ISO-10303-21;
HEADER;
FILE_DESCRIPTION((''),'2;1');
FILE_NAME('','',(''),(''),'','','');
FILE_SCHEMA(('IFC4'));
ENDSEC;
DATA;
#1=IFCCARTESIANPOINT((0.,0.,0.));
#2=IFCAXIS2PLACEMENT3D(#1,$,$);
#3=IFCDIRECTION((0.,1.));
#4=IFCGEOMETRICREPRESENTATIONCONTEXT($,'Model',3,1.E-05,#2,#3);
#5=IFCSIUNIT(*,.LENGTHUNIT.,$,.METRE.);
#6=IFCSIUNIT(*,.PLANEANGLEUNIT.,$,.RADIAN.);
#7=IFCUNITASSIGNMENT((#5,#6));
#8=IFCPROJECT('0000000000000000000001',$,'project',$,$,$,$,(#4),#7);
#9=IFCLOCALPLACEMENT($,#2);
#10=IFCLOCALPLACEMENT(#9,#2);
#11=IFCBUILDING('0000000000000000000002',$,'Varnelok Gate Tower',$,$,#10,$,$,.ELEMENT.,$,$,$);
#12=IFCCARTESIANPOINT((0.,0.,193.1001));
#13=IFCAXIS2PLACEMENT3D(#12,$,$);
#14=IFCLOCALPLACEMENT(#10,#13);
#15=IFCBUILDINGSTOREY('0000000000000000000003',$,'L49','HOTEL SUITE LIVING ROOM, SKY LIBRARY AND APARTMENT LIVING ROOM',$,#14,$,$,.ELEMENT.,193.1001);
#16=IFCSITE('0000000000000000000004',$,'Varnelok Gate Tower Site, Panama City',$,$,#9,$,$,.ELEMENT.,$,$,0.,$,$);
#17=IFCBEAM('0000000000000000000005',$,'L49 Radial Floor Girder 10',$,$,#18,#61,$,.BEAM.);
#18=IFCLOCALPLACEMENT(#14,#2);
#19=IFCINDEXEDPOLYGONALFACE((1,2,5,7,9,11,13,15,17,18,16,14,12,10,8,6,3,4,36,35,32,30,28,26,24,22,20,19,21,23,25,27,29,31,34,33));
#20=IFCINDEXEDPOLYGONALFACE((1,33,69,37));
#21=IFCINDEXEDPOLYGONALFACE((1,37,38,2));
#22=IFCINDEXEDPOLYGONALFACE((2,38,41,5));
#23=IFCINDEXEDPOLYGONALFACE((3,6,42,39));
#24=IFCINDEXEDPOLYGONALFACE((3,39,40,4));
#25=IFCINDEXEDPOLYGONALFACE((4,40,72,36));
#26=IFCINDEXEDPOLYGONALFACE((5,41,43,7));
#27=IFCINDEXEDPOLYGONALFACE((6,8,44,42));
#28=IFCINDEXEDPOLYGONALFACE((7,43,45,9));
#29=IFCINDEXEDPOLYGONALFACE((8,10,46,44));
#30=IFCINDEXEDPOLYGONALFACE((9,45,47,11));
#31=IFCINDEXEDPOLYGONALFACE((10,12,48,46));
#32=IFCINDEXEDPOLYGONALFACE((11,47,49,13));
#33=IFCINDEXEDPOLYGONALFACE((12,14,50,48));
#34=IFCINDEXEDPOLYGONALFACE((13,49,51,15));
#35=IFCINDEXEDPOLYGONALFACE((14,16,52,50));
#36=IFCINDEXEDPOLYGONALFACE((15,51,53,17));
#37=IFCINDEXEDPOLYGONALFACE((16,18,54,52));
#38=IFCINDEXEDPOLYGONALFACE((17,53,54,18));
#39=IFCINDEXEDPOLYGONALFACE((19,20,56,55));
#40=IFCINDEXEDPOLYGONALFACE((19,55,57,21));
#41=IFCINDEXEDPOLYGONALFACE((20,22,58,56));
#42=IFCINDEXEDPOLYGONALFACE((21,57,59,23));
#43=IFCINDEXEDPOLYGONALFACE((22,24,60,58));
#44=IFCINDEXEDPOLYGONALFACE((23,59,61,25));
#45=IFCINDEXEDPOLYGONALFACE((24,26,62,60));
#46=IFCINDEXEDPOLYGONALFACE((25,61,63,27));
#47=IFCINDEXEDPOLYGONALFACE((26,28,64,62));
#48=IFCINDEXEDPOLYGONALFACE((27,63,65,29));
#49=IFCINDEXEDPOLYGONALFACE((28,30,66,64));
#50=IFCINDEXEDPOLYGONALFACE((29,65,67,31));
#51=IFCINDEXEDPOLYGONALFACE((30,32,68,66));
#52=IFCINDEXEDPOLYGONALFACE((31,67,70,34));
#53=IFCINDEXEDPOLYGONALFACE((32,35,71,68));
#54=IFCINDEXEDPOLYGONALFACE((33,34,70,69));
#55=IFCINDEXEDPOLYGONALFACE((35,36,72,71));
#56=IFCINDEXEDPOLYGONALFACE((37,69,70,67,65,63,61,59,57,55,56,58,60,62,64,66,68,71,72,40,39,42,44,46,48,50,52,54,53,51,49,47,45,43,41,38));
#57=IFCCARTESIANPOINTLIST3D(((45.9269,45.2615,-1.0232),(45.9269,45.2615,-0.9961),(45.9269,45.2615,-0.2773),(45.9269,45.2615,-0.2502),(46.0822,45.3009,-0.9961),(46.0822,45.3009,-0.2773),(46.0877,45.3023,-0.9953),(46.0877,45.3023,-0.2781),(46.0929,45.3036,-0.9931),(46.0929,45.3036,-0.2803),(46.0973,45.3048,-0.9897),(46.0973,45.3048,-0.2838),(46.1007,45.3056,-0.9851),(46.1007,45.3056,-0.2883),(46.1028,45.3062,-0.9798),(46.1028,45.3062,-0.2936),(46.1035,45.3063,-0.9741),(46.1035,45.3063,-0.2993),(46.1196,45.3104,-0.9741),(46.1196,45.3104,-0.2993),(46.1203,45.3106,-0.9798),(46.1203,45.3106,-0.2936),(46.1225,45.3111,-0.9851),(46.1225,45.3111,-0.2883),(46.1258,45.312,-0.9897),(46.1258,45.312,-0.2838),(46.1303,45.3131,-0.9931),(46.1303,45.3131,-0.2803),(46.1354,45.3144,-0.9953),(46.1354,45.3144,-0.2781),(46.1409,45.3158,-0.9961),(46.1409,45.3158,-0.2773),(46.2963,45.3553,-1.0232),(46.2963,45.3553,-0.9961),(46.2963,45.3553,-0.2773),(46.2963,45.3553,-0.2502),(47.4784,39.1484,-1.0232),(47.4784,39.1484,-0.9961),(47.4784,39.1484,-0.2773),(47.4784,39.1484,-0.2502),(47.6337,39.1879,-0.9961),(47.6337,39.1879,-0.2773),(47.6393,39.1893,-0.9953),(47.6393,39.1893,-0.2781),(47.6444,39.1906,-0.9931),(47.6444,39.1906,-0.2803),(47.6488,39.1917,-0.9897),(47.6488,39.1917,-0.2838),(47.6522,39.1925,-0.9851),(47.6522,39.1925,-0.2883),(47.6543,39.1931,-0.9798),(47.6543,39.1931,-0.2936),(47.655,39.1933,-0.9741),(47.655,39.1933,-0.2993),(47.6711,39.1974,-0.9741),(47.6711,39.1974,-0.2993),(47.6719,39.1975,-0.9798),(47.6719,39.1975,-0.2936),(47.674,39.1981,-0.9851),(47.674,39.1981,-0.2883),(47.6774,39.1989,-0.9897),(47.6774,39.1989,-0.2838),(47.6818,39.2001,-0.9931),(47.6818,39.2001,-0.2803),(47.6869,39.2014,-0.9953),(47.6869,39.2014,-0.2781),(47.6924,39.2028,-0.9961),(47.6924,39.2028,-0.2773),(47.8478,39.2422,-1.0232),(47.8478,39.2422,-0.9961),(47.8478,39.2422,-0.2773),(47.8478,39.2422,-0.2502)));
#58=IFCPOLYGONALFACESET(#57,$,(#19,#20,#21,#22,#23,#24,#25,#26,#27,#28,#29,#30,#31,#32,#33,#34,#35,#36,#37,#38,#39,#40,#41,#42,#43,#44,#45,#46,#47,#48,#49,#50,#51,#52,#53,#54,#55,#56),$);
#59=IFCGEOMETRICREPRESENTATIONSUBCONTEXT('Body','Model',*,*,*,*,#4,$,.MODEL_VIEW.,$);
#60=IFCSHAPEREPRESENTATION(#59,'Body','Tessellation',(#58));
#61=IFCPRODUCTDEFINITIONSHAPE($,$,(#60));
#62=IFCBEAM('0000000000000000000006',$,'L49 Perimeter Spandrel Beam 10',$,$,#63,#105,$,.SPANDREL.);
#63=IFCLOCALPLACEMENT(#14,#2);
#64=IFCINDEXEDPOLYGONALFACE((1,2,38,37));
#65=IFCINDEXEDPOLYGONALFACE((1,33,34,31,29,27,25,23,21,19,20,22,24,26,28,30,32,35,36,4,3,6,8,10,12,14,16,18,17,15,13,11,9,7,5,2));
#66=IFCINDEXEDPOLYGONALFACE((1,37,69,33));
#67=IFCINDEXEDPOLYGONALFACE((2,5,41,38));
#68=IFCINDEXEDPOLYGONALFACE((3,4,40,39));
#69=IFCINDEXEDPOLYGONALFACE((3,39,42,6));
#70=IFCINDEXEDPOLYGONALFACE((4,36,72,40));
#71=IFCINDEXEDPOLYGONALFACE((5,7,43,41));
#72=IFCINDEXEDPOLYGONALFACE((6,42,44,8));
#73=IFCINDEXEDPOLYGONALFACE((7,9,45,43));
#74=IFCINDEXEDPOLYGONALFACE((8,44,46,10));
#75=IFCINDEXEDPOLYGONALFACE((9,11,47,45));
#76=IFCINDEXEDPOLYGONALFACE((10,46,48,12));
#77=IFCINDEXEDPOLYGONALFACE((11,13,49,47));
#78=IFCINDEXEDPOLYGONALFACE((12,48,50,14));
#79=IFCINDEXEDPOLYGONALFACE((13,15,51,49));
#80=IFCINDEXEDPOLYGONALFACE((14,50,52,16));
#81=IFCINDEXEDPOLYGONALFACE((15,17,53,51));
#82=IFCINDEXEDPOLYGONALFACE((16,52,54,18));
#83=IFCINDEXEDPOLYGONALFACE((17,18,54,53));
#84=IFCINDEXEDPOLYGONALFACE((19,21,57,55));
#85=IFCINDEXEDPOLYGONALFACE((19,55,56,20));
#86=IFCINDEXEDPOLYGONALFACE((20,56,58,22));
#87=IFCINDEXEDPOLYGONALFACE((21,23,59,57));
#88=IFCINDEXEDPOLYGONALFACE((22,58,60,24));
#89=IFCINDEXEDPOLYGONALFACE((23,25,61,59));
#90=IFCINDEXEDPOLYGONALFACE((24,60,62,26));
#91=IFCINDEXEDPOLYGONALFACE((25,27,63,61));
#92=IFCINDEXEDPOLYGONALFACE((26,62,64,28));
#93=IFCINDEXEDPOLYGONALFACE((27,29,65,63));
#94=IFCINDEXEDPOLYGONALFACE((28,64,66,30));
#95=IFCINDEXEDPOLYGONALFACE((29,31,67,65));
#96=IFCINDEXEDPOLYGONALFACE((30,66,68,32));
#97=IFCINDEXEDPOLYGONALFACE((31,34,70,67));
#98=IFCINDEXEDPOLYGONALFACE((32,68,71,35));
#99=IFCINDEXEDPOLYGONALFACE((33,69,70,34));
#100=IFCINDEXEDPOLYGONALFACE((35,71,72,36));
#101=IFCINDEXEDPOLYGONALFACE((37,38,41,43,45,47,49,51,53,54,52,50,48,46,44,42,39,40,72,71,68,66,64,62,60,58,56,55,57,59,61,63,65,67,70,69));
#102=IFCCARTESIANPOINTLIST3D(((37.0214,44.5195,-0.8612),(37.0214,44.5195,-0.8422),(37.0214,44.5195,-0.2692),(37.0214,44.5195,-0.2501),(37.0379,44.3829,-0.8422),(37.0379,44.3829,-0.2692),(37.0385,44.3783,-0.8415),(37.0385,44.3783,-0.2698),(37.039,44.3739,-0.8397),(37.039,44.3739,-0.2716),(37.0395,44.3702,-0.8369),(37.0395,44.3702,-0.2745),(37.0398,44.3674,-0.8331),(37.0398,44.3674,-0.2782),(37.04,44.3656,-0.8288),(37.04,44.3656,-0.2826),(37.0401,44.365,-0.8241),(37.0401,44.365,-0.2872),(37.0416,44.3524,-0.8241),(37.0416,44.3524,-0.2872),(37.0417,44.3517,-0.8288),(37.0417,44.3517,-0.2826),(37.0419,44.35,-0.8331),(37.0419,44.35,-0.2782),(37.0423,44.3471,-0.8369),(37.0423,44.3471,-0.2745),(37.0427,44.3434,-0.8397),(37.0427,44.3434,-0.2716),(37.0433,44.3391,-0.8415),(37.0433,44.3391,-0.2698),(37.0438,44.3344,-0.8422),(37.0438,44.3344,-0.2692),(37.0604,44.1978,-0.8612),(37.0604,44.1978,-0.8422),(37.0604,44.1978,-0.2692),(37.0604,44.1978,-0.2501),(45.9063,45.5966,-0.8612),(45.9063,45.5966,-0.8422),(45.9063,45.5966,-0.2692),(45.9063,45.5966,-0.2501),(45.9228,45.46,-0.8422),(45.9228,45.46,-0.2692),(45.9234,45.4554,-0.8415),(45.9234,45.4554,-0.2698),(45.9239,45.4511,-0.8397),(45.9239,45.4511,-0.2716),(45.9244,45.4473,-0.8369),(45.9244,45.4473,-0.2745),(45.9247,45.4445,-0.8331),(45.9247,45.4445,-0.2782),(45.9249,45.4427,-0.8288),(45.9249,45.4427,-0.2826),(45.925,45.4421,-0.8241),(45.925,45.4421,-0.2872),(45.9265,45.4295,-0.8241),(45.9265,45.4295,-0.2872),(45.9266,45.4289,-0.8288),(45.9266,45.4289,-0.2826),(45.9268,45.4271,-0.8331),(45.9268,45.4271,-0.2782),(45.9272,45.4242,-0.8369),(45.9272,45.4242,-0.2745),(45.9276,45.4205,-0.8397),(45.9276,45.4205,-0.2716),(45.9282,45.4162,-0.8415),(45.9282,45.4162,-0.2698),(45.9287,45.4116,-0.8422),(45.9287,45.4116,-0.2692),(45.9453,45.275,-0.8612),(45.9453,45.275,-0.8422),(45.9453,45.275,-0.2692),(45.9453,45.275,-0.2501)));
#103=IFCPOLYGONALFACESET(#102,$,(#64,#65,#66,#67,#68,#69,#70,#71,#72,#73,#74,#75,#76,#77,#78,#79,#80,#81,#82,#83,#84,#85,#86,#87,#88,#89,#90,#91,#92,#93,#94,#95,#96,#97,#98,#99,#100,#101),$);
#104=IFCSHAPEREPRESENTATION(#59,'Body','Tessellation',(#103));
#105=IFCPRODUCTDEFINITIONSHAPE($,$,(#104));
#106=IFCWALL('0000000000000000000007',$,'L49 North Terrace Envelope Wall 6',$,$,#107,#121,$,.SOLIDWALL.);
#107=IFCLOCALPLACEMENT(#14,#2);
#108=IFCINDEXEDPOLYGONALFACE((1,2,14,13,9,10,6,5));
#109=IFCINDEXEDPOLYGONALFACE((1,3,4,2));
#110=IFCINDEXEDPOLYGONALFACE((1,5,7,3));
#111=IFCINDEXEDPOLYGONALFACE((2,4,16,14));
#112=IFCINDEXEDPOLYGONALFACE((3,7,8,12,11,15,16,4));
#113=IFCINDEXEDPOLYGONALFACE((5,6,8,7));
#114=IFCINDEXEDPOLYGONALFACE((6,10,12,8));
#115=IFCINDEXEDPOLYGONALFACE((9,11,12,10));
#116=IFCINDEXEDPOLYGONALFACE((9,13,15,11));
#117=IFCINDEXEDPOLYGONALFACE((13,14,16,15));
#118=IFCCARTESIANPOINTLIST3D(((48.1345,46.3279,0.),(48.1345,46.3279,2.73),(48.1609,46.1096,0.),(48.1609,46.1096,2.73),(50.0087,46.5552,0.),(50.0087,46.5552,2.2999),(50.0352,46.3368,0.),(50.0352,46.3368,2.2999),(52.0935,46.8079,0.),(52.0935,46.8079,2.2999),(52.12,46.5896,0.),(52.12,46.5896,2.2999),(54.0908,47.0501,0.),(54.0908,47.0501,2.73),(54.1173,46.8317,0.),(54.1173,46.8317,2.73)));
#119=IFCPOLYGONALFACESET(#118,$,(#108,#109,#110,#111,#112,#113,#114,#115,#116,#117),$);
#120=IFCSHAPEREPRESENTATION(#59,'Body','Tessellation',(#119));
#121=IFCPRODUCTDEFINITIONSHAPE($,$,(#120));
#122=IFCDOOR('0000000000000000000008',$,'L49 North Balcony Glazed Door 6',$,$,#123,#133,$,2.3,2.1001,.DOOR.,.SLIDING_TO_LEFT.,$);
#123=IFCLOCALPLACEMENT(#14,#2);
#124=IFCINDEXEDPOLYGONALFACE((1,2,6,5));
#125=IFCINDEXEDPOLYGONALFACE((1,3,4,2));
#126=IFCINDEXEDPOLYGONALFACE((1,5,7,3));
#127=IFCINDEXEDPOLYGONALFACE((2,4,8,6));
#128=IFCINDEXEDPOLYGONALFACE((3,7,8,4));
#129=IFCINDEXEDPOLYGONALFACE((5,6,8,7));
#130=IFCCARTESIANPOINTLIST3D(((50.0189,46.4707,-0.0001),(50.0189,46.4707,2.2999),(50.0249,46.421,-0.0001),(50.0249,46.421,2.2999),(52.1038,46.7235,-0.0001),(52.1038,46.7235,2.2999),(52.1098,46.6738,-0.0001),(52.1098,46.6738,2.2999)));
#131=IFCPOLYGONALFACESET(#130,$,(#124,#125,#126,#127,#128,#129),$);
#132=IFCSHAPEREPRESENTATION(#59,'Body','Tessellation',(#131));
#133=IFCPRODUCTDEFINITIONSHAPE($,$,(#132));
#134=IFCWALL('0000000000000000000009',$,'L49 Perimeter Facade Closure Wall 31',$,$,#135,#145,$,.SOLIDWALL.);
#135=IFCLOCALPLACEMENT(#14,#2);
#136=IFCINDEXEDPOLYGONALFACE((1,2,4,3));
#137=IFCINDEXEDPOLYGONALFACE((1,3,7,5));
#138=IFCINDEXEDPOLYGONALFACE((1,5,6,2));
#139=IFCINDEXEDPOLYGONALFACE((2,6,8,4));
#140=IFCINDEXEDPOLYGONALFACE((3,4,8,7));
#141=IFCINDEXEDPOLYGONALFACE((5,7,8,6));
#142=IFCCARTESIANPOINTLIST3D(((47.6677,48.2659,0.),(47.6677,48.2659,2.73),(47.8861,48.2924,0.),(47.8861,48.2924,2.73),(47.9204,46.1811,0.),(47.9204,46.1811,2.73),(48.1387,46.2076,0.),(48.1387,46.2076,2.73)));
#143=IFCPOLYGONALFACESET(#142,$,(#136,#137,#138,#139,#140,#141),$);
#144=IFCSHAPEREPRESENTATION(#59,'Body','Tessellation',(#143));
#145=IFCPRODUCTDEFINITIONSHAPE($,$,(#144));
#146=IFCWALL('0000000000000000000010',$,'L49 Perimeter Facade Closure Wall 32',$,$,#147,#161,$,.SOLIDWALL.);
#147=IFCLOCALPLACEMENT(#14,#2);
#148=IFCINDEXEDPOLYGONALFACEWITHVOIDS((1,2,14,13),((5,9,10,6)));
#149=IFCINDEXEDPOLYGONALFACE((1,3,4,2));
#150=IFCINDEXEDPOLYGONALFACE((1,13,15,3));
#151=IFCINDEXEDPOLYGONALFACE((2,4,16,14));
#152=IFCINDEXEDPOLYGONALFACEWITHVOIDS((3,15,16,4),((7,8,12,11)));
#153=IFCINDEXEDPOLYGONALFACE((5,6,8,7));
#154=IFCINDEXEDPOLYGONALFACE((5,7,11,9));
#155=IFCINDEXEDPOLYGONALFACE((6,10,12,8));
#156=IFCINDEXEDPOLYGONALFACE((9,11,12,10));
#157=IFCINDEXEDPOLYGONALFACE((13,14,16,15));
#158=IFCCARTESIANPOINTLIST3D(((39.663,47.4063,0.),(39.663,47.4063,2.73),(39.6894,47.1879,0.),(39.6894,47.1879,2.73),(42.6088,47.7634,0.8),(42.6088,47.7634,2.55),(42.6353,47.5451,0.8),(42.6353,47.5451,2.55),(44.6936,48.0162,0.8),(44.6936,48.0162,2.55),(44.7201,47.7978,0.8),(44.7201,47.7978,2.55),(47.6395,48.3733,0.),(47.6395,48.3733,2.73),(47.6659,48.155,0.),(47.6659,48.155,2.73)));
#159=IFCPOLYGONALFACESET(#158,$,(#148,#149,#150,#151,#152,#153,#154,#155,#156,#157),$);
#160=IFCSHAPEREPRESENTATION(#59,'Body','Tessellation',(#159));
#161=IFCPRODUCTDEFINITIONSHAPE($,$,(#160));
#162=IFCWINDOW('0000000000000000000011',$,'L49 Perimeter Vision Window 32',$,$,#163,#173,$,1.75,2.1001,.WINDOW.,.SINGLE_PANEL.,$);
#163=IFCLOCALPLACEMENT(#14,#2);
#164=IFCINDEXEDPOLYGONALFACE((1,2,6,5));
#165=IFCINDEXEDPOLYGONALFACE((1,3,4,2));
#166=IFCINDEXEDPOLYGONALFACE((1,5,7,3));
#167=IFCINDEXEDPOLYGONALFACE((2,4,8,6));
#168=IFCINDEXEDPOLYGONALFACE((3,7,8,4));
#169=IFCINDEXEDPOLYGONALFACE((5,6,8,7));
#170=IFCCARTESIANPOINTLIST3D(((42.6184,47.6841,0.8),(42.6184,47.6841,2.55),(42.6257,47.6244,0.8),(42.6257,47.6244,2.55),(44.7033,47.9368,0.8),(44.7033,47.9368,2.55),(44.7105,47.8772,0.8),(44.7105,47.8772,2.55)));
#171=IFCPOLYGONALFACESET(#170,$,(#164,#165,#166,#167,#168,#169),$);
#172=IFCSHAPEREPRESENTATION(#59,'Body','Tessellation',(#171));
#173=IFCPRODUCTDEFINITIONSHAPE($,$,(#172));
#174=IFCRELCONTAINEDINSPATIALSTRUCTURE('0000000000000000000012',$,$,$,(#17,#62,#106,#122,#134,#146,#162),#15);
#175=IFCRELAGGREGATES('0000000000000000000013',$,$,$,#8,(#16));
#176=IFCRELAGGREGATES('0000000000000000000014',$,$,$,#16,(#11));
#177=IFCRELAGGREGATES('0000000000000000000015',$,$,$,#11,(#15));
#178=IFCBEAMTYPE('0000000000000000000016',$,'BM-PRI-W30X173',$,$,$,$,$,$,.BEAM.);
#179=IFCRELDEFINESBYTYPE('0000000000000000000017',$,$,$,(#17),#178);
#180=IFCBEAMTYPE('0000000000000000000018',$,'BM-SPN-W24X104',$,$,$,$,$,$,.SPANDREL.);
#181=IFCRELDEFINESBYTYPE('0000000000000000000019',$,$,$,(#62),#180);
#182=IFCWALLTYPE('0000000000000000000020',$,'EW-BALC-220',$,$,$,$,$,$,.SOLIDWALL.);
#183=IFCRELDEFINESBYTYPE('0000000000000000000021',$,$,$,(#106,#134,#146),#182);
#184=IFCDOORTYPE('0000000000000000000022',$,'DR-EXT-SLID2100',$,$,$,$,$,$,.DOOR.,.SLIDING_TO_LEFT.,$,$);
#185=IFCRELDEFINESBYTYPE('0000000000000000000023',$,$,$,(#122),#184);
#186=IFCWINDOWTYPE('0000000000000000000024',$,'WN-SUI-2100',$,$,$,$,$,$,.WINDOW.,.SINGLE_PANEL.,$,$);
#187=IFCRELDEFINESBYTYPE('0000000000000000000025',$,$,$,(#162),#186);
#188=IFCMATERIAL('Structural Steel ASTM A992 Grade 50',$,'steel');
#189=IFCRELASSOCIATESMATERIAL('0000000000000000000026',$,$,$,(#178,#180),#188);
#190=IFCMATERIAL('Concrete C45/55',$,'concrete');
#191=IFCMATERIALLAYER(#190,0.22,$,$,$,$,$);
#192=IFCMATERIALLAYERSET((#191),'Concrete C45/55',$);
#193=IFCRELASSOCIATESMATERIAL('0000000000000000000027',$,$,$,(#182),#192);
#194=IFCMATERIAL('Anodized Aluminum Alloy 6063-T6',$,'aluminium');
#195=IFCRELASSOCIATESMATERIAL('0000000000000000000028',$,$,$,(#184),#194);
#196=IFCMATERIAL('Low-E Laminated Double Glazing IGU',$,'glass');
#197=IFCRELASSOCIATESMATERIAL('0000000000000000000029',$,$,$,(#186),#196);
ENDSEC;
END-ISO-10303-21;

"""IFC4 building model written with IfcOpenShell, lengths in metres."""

from ifc_helpers import new_model, si_unit, direction, frame, frame_2d, origin, origin_2d, place, context, subcontext, project, spatial, rectangle, i_section, extrude, material, layer, layer_set, material_profile, profile_set, type_object, element, fill, save


model = new_model("IFC4")

# Units and contexts
model_context = context("Model", 3, precision=1e-05, world=origin(), true_north=direction((0.0, 1.0)))
body_context = subcontext(model_context, "Body", "Model", "MODEL_VIEW")
ifc_project = project(units=[si_unit("LENGTHUNIT", "METRE"), si_unit("PLANEANGLEUNIT", "RADIAN")], contexts=[model_context])

# Site, building, storey
site_placement = place(None, origin())
site = spatial("IfcSite", under=ifc_project, at=site_placement, Name="Varnelok Gate Tower Site, Panama City", CompositionType="ELEMENT", RefElevation=0.0)
building_placement = place(site_placement, origin())
building = spatial("IfcBuilding", under=site, at=building_placement, Name="Varnelok Gate Tower", CompositionType="ELEMENT")
storey_placement = place(building_placement, frame((0.0, 0.0, 193.1001)))
storey = spatial("IfcBuildingStorey", under=building, at=storey_placement, Name="L49", Description="HOTEL SUITE LIVING ROOM, SKY LIBRARY AND APARTMENT LIVING ROOM", CompositionType="ELEMENT", Elevation=193.1001)

# Shared definitions
ifc_material_1 = material(Name="Structural Steel ASTM A992 Grade 50", Category="steel")

# Beams
ifc_material_profile_1 = material_profile(ifc_material_1, i_section(OverallWidth=0.3811, OverallDepth=0.7729, WebThickness=0.0166, FlangeThickness=0.0271, FilletRadius=0.022, at=origin_2d()), Name="W30X173")
ifc_profile_set_1 = profile_set([ifc_material_profile_1], Name="Structural Steel ASTM A992 Grade 50")
beam_type_1 = type_object("IfcBeamType", Name="BM-PRI-W30X173", PredefinedType="BEAM", material=ifc_profile_set_1)
beam_1_placement = place(storey_placement, frame((47.6631, 39.1953, -0.6367), z_axis=(-0.246004, 0.969269, 0.0), x_axis=(-0.969269, -0.246004, 0.0)))
element("IfcBeam", 1, at=beam_1_placement, inside=storey, type_object=beam_type_1, Name="L49 Radial Floor Girder 10", PredefinedType="BEAM", context=body_context, shape_type="SweptSolid", body=[
    extrude(i_section(OverallWidth=0.3811, OverallDepth=0.7729, WebThickness=0.0166, FlangeThickness=0.0271, FilletRadius=0.022, at=origin_2d()), origin(), (0.0, 0.0, 1.0), 6.3069),
])
ifc_material_profile_2 = material_profile(ifc_material_1, i_section(OverallWidth=0.324, OverallDepth=0.6111, WebThickness=0.0127, FlangeThickness=0.019, FilletRadius=0.0181, at=origin_2d()), Name="W24X104")
ifc_profile_set_2 = profile_set([ifc_material_profile_2], Name="Structural Steel ASTM A992 Grade 50")
beam_type_2 = type_object("IfcBeamType", Name="BM-SPN-W24X104", PredefinedType="SPANDREL", material=ifc_profile_set_2)
beam_2_placement = place(storey_placement, frame((45.9258, 45.4358, -0.5557), z_axis=(-0.992731, -0.120351, 0.0), x_axis=(0.120351, -0.992731, 0.0)))
element("IfcBeam", 2, at=beam_2_placement, inside=storey, type_object=beam_type_2, Name="L49 Perimeter Spandrel Beam 10", PredefinedType="SPANDREL", context=body_context, shape_type="SweptSolid", body=[
    extrude(i_section(OverallWidth=0.324, OverallDepth=0.6111, WebThickness=0.0127, FlangeThickness=0.019, FilletRadius=0.0181, at=origin_2d()), origin(), (0.0, 0.0, 1.0), 8.95),
])

# Wall, opening, door
ifc_material_2 = material(Name="Concrete C45/55", Category="concrete")
ifc_layer_1 = layer(ifc_material_2, 0.22)
ifc_layer_set_1 = layer_set([ifc_layer_1], Name="Concrete C45/55")
wall_type_1 = type_object("IfcWallType", Name="EW-BALC-220", PredefinedType="SOLIDWALL", material=ifc_layer_set_1)
wall_1_placement = place(storey_placement, frame((48.1477, 46.2188, 0.0), z_axis=(0.0, 0.0, 1.0), x_axis=(0.99273, 0.120363, 0.0)))
wall_1 = element("IfcWall", 3, at=wall_1_placement, inside=storey, type_object=wall_type_1, Name="L49 North Terrace Envelope Wall 6", PredefinedType="SOLIDWALL", context=body_context, shape_type="SweptSolid", body=[
    extrude(rectangle(XDim=6.0, YDim=0.22, at=frame_2d((3.0, 0.0))), origin(), (0.0, 0.0, 1.0), 2.73),
])
opening_1_placement = place(wall_1_placement, frame((1.8879, 0.0, 0.0)))
opening_1 = element("IfcOpeningElement", 4, at=opening_1_placement, cuts=wall_1, PredefinedType="OPENING", context=body_context, shape_type="SweptSolid", body=[
    extrude(rectangle(XDim=2.1001, YDim=2.3, at=frame_2d((1.05, 1.1499))), frame((0.0, 0.1199, 0.0), z_axis=(0.0, -1.0, 0.0), x_axis=(1.0, 0.0, 0.0)), (0.0, 0.0, 1.0), 0.24),
])
ifc_material_3 = material(Name="Anodized Aluminum Alloy 6063-T6", Category="aluminium")
door_type_1 = type_object("IfcDoorType", Name="DR-EXT-SLID2100", OperationType="SLIDING_TO_LEFT", PredefinedType="DOOR", material=ifc_material_3)
door_1_placement = place(opening_1_placement, origin())
door_1 = element("IfcDoor", 5, at=door_1_placement, inside=storey, type_object=door_type_1, Name="L49 North Balcony Glazed Door 6", OperationType="SLIDING_TO_LEFT", OverallHeight=2.3, OverallWidth=2.1001, PredefinedType="DOOR", context=body_context, shape_type="SweptSolid", body=[
    extrude(rectangle(XDim=2.1001, YDim=2.3, at=frame_2d((1.05, 1.1499))), frame((0.0, 0.0249, 0.0), z_axis=(0.0, -1.0, 0.0), x_axis=(1.0, 0.0, 0.0)), (0.0, 0.0, 1.0), 0.05),
])
fill(opening_1, door_1)

# Wall
wall_2_placement = place(storey_placement, frame((48.0295, 46.1943, 0.0), z_axis=(0.0, 0.0, 1.0), x_axis=(-0.120314, 0.992736, 0.0)))
element("IfcWall", 6, at=wall_2_placement, inside=storey, type_object=wall_type_1, Name="L49 Perimeter Facade Closure Wall 31", PredefinedType="SOLIDWALL", context=body_context, shape_type="SweptSolid", body=[
    extrude(rectangle(XDim=2.1001, YDim=0.22, at=frame_2d((1.05, 0.0))), origin(), (0.0, 0.0, 1.0), 2.73),
])

# Wall, opening, window
wall_3_placement = place(storey_placement, frame((47.6528, 48.2642, 0.0), z_axis=(0.0, 0.0, 1.0), x_axis=(-0.992731, -0.120354, 0.0)))
wall_3 = element("IfcWall", 7, at=wall_3_placement, inside=storey, type_object=wall_type_1, Name="L49 Perimeter Facade Closure Wall 32", PredefinedType="SOLIDWALL", context=body_context, shape_type="SweptSolid", body=[
    extrude(rectangle(XDim=8.0349, YDim=0.22, at=frame_2d((4.0176, 0.0))), origin(), (0.0, 0.0, 1.0), 2.73),
])
opening_2_placement = place(wall_3_placement, frame((2.9675, 0.0, 0.8)))
opening_2 = element("IfcOpeningElement", 8, at=opening_2_placement, cuts=wall_3, PredefinedType="OPENING", context=body_context, shape_type="SweptSolid", body=[
    extrude(rectangle(XDim=2.1001, YDim=1.75, at=frame_2d((1.05, 0.875))), frame((0.0, 0.1199, 0.0), z_axis=(0.0, -1.0, 0.0), x_axis=(1.0, 0.0, 0.0)), (0.0, 0.0, 1.0), 0.24),
])
ifc_material_4 = material(Name="Low-E Laminated Double Glazing IGU", Category="glass")
window_type = type_object("IfcWindowType", Name="WN-SUI-2100", PartitioningType="SINGLE_PANEL", PredefinedType="WINDOW", material=ifc_material_4)
window_placement = place(opening_2_placement, origin())
window = element("IfcWindow", 9, at=window_placement, inside=storey, type_object=window_type, Name="L49 Perimeter Vision Window 32", OverallHeight=1.75, OverallWidth=2.1001, PartitioningType="SINGLE_PANEL", PredefinedType="WINDOW", context=body_context, shape_type="SweptSolid", body=[
    extrude(rectangle(XDim=2.1001, YDim=1.75, at=frame_2d((1.05, 0.875))), frame((0.0, 0.03, 0.0), z_axis=(0.0, -1.0, 0.0), x_axis=(1.0, 0.0, 0.0)), (0.0, 0.0, 1.0), 0.0601),
])
fill(opening_2, window)

save(model, "model.ifc")
